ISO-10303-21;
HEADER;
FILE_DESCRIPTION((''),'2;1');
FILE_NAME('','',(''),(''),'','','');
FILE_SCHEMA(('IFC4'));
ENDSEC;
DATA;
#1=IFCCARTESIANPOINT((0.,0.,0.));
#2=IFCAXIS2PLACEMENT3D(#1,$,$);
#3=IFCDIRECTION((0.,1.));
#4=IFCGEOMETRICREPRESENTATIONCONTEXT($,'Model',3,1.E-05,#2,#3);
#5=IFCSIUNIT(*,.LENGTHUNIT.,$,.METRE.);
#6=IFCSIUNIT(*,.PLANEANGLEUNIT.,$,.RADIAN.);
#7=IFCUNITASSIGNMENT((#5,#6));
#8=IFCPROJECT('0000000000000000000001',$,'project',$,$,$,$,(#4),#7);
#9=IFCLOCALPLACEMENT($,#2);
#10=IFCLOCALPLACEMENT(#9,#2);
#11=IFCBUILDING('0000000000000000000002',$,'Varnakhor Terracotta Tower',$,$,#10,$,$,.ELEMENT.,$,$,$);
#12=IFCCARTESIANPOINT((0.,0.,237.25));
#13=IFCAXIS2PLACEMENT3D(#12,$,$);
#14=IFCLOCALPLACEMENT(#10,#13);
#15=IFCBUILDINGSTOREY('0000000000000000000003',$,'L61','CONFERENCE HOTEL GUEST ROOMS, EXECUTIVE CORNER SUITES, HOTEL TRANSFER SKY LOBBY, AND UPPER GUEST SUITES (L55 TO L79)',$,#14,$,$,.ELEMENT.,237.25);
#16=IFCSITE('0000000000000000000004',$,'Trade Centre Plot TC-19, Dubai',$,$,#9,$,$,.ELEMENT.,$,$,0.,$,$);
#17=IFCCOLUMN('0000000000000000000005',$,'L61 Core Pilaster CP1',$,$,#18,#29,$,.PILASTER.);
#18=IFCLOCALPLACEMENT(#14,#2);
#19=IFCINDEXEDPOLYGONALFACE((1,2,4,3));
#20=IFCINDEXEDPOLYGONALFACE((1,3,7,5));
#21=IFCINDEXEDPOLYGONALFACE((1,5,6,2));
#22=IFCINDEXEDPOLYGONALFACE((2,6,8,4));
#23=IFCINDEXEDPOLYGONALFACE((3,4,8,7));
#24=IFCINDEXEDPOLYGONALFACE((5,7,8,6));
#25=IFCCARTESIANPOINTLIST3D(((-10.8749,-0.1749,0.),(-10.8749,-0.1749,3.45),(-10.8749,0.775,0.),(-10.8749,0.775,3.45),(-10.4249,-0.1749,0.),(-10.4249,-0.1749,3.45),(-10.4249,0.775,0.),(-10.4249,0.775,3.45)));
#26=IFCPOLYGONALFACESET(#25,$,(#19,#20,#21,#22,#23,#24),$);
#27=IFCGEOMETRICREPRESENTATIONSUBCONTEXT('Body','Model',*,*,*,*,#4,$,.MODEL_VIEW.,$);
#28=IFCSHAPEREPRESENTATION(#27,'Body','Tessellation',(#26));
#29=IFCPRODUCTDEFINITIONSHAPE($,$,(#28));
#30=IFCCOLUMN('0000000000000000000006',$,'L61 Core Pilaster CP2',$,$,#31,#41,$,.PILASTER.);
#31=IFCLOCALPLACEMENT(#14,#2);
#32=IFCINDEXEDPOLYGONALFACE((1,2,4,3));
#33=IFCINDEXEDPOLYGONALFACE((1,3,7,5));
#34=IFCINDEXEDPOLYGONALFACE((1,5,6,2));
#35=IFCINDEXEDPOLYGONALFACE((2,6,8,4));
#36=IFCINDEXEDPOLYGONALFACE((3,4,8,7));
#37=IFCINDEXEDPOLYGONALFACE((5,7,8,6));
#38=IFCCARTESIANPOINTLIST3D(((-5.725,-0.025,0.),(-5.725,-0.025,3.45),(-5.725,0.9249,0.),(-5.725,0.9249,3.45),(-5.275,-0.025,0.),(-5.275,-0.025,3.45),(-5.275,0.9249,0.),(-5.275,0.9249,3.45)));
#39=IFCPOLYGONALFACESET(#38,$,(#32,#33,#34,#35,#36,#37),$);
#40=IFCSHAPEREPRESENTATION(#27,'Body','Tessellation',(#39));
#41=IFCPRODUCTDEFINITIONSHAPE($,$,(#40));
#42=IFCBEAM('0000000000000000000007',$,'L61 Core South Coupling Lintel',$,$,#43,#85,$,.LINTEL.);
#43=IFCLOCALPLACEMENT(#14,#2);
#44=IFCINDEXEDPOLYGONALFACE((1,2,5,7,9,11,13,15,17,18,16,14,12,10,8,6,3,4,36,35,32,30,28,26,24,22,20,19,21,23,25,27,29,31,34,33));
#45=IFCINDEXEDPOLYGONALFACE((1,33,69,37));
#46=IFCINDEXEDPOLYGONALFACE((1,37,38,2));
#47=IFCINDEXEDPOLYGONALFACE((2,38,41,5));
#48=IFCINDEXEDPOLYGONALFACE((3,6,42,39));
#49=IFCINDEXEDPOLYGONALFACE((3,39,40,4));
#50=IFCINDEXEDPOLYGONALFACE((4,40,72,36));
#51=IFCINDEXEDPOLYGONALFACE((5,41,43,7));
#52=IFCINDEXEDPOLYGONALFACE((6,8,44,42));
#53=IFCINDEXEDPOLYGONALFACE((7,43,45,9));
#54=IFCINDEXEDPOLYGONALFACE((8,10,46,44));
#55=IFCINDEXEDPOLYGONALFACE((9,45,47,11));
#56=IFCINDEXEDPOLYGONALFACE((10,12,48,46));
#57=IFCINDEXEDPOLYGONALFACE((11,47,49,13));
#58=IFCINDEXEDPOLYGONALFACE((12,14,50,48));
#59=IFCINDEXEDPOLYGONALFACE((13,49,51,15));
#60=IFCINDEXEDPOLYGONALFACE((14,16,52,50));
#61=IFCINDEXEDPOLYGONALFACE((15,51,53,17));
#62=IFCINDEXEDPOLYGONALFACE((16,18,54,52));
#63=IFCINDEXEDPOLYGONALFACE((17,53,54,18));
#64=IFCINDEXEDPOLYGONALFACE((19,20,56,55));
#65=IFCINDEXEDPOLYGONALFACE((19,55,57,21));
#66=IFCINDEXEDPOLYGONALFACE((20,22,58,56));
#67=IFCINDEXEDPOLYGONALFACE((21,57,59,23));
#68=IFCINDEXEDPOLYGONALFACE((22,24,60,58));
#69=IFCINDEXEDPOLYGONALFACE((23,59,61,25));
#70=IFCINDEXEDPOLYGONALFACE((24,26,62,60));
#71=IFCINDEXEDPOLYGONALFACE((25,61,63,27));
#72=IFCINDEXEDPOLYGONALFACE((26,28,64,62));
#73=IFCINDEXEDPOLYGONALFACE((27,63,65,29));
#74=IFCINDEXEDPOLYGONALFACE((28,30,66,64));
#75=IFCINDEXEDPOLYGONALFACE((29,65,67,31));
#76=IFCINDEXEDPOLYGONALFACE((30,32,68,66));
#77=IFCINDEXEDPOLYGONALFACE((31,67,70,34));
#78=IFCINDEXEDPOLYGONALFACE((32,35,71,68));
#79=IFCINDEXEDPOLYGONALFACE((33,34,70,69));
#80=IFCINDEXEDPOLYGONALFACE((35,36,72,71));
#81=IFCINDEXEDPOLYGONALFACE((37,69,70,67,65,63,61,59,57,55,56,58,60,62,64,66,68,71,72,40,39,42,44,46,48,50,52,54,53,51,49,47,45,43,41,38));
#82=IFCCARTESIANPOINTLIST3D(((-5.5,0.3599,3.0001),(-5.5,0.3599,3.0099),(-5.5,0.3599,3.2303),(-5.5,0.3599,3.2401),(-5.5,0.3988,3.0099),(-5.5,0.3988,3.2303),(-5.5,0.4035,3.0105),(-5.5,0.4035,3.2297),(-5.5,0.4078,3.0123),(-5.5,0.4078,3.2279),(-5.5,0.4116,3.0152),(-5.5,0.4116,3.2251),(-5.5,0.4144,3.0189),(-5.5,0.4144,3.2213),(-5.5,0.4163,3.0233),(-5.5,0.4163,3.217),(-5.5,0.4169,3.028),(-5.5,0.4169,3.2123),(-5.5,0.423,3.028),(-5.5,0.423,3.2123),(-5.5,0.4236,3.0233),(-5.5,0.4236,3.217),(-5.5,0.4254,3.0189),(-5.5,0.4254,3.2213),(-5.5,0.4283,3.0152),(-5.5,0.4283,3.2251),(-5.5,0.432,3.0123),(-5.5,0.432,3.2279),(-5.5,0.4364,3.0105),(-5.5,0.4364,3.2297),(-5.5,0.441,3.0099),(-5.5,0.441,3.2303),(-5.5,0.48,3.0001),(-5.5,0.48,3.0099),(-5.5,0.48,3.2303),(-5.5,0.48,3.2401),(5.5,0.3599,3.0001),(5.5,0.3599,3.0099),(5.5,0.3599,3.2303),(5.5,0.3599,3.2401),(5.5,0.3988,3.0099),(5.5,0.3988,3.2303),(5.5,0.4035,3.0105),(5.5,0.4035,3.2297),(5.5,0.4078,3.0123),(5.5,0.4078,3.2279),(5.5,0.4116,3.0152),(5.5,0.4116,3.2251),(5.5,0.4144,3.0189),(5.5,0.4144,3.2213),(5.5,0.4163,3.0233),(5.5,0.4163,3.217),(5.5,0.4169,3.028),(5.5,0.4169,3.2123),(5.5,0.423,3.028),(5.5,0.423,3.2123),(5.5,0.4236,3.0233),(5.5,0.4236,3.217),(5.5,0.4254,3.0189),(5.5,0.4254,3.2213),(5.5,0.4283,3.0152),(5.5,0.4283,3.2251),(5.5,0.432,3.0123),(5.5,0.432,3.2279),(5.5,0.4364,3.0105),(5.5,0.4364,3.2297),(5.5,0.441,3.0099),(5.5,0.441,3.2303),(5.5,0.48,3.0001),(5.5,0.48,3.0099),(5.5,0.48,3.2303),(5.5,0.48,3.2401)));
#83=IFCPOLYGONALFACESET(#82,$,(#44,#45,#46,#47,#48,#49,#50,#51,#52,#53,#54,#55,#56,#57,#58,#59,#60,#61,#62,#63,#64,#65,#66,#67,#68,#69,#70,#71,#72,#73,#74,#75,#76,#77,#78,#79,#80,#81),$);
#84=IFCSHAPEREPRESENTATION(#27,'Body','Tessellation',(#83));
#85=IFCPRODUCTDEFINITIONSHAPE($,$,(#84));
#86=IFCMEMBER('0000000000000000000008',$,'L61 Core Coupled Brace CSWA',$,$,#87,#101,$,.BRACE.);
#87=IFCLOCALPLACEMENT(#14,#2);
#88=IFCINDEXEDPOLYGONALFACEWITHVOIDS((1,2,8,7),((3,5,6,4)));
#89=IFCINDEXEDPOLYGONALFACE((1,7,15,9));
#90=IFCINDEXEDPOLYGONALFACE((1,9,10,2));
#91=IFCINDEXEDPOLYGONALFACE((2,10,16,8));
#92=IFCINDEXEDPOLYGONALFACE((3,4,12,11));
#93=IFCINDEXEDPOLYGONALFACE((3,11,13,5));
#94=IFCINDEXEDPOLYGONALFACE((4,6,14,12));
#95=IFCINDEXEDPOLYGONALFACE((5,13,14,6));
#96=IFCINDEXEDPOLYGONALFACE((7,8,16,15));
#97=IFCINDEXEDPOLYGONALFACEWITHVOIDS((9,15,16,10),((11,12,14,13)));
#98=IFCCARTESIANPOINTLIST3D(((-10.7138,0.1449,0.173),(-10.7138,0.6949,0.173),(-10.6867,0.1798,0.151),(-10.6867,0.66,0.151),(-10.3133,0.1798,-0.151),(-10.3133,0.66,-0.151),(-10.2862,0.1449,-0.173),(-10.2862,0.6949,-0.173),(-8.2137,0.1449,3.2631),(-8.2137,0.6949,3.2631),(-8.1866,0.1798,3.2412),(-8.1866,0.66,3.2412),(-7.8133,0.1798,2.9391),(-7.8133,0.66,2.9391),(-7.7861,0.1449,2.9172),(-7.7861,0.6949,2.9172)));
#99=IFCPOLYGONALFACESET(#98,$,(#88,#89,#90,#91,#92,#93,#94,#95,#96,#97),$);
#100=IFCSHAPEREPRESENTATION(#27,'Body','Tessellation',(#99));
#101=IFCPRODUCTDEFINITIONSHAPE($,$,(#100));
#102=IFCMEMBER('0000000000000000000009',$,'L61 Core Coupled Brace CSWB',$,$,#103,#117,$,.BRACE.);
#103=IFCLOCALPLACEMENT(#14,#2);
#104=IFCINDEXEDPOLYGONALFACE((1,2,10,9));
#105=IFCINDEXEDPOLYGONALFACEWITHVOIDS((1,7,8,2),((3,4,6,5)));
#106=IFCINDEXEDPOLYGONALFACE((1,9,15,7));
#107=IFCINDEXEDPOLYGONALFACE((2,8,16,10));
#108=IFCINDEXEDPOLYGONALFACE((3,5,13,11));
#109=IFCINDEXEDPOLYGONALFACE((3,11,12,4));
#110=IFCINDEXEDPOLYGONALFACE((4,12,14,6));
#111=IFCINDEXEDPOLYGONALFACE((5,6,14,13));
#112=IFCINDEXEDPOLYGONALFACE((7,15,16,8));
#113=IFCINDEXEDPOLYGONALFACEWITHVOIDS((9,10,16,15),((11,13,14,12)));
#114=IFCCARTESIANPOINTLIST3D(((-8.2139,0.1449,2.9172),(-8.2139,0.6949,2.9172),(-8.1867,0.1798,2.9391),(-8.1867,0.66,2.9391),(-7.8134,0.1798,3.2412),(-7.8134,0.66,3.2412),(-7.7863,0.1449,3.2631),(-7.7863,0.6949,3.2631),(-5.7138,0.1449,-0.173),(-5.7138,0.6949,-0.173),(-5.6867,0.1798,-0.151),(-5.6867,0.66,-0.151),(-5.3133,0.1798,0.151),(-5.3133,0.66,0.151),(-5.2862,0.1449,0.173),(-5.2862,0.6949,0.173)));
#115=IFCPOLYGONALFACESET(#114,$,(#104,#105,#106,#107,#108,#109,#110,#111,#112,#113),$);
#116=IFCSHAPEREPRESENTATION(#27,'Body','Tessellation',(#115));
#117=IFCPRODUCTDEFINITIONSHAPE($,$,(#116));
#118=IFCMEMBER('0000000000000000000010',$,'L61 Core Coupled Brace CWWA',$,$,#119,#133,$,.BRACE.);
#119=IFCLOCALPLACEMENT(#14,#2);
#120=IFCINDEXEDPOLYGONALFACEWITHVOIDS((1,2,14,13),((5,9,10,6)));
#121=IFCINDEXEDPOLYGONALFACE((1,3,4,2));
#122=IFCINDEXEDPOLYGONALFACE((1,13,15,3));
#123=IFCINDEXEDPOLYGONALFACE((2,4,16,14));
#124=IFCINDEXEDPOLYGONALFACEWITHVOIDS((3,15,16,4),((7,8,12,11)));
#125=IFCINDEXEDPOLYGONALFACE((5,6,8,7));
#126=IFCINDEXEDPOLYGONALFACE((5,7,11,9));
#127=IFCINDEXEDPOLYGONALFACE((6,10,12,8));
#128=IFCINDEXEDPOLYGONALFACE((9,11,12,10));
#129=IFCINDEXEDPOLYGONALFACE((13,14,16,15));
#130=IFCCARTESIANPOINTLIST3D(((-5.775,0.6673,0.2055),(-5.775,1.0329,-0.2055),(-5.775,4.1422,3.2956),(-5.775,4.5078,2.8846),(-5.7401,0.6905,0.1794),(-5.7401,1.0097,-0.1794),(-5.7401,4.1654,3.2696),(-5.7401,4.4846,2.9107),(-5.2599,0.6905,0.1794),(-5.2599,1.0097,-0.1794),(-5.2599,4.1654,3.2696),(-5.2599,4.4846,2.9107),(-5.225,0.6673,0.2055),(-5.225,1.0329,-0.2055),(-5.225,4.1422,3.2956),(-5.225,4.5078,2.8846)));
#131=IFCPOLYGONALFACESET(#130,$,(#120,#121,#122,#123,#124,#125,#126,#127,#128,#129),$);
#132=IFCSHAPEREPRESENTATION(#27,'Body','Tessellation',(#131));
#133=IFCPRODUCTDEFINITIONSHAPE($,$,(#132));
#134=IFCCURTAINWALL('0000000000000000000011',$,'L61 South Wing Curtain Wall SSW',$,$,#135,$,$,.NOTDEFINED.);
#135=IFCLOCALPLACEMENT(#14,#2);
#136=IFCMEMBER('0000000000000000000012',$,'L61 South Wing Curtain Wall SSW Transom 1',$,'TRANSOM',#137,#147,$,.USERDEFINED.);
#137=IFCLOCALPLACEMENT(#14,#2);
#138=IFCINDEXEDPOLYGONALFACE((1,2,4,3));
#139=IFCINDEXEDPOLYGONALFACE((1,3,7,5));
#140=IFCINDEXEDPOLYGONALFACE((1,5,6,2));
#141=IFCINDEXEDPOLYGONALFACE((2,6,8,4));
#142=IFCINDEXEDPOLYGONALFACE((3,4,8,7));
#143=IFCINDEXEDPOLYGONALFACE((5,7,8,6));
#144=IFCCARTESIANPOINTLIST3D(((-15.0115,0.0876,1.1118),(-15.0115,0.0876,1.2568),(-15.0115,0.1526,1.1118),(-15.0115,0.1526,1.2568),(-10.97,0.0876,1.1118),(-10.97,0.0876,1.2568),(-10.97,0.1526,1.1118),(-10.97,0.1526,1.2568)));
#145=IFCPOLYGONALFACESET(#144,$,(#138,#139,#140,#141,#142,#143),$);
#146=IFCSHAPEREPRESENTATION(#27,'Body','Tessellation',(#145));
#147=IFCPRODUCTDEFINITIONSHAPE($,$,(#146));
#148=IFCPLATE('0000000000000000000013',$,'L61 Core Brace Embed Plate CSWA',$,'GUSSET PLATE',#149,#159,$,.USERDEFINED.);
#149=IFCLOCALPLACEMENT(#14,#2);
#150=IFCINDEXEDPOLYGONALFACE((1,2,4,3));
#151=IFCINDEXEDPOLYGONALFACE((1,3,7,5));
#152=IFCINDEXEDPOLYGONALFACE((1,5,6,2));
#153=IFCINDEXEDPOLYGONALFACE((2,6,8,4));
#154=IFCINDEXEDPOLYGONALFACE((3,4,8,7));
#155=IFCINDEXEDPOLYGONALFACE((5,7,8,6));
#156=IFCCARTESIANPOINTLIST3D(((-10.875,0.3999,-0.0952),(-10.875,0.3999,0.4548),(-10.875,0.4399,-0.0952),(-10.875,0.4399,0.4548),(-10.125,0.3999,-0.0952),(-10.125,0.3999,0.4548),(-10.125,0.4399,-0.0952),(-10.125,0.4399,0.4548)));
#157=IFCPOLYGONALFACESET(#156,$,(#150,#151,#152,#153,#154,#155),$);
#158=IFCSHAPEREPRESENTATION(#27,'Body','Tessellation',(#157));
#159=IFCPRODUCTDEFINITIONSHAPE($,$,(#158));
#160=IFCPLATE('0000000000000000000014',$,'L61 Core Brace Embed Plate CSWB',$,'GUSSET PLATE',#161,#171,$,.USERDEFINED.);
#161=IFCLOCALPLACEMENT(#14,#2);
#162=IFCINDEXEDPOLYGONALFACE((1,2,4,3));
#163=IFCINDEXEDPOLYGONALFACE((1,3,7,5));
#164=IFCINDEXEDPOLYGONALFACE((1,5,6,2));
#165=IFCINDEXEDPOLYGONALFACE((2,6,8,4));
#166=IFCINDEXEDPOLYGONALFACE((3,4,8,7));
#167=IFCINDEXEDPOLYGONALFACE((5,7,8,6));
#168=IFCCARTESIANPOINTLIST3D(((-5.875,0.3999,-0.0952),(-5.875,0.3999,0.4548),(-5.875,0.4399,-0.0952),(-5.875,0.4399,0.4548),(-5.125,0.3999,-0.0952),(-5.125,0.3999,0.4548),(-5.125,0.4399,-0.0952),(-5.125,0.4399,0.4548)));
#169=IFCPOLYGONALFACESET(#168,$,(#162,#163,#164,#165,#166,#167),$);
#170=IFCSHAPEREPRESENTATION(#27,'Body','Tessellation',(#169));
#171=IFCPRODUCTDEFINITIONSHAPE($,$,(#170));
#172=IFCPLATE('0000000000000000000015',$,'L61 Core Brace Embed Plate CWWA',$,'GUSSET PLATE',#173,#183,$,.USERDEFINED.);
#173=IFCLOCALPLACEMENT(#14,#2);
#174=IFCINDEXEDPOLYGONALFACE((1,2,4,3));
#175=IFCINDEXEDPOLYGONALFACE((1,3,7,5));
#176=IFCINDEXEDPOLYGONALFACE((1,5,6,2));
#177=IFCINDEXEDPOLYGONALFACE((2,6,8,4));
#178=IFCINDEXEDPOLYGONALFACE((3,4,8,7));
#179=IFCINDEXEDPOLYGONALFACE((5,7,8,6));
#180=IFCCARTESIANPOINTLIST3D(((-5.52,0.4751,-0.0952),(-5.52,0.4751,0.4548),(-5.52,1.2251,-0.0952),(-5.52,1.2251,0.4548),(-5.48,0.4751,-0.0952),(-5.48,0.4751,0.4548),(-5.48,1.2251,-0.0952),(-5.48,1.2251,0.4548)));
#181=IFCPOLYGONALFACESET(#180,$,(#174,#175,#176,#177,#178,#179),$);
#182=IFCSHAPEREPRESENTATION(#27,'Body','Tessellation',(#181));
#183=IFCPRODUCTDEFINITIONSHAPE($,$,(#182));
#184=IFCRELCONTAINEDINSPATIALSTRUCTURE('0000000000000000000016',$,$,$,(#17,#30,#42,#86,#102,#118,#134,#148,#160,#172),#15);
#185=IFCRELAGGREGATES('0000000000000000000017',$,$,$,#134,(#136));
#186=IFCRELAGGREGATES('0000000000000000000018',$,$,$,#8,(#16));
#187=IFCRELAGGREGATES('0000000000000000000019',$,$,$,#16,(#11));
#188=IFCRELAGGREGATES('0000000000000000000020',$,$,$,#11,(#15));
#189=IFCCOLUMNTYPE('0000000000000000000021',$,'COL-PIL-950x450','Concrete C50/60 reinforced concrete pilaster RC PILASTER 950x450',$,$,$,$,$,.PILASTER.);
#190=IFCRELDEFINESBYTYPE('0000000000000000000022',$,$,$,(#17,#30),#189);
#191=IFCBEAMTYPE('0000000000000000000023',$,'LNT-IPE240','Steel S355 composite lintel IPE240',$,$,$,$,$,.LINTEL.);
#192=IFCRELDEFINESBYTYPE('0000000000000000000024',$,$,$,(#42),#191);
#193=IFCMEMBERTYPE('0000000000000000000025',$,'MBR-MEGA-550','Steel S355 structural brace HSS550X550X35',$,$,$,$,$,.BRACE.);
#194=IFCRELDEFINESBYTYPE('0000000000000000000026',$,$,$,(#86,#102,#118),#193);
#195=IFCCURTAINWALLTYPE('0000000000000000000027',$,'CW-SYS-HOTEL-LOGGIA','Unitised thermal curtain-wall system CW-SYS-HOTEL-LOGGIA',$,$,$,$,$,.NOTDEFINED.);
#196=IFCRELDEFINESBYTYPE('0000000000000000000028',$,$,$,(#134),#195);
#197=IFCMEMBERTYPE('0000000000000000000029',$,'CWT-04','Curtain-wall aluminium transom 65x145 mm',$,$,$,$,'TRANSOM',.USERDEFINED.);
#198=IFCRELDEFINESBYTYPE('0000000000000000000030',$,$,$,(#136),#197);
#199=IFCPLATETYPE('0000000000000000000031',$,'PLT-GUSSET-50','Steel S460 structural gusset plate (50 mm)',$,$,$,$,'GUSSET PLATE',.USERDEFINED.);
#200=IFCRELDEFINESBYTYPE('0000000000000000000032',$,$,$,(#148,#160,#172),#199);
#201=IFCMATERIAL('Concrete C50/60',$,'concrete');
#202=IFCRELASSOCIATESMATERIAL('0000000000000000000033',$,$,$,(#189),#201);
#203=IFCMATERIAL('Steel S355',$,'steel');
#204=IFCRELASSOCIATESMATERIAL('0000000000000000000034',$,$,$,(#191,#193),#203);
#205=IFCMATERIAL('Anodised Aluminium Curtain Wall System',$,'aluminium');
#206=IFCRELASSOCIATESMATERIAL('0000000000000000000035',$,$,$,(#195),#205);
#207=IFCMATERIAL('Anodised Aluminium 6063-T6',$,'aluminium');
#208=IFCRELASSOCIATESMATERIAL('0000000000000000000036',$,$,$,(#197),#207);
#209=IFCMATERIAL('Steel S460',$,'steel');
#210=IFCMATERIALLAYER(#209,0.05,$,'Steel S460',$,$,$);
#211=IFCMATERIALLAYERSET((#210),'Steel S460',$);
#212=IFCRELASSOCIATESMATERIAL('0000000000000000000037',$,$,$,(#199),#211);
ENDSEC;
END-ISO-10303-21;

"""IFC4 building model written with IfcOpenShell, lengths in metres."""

from ifc_helpers import new_model, si_unit, direction, frame, origin, origin_2d, place, context, subcontext, project, spatial, rectangle, hollow_rectangle, i_section, extrude, source, transform, mapped, material, layer, layer_set, material_profile, profile_set, type_object, type_shapes, element, aggregate, save


model = new_model("IFC4")

# Units and contexts
model_context = context("Model", 3, precision=1e-05, world=origin(), true_north=direction((0.0, 1.0)))
body_context = subcontext(model_context, "Body", "Model", "MODEL_VIEW")
ifc_project = project(units=[si_unit("LENGTHUNIT", "METRE"), si_unit("PLANEANGLEUNIT", "RADIAN")], contexts=[model_context])

# Site, building, storey
site_placement = place(None, origin())
site = spatial("IfcSite", under=ifc_project, at=site_placement, Name="Trade Centre Plot TC-19, Dubai", CompositionType="ELEMENT", RefElevation=0.0)
building_placement = place(site_placement, origin())
building = spatial("IfcBuilding", under=site, at=building_placement, Name="Varnakhor Terracotta Tower", CompositionType="ELEMENT")
storey_placement = place(building_placement, frame((0.0, 0.0, 237.25)))
storey = spatial("IfcBuildingStorey", under=building, at=storey_placement, Name="L61", Description="CONFERENCE HOTEL GUEST ROOMS, EXECUTIVE CORNER SUITES, HOTEL TRANSFER SKY LOBBY, AND UPPER GUEST SUITES (L55 TO L79)", CompositionType="ELEMENT", Elevation=237.25)

# Columns
ifc_material_1 = material(Name="Concrete C50/60", Category="concrete")
ifc_material_profile_1 = material_profile(ifc_material_1, rectangle(XDim=0.45, YDim=0.95, at=origin_2d()), Name="RC PILASTER 950x450")
ifc_profile_set_1 = profile_set([ifc_material_profile_1], Name="Concrete C50/60")
column_type = type_object("IfcColumnType", Name="COL-PIL-950x450", Description="Concrete C50/60 reinforced concrete pilaster RC PILASTER 950x450", PredefinedType="PILASTER", material=ifc_profile_set_1)
shared_shape_1 = source(origin(), body_context, "Body", "SweptSolid", [
    extrude(rectangle(XDim=0.45, YDim=0.95, at=origin_2d()), origin(), (0.0, 0.0, 1.0), 3.45),
])
for number, where, z_axis, x_axis, name in (
    (1, (-10.6499, 0.3, 0.0), (0.0, 0.0, 1.0), (1.0, 0.0, 0.0), "L61 Core Pilaster CP1"),
    (2, (-5.5, 0.45, 0.0), (0.0, 0.0, 1.0), (1.0, 0.0, 0.0), "L61 Core Pilaster CP2"),
):
    element("IfcColumn", number, at=place(storey_placement, frame(where, z_axis=z_axis, x_axis=x_axis)), inside=storey, type_object=column_type, Name=name, PredefinedType="PILASTER", context=body_context, shape_type="MappedRepresentation", body=[
        mapped(shared_shape_1, transform((0.0, 0.0, 0.0), scale=1.0)),
    ])

# Beam
ifc_material_2 = material(Name="Steel S355", Category="steel")
ifc_material_profile_2 = material_profile(ifc_material_2, i_section(OverallWidth=0.1201, OverallDepth=0.24, WebThickness=0.0061, FlangeThickness=0.0098, FilletRadius=0.0181, at=origin_2d()), Name="IPE240")
ifc_profile_set_2 = profile_set([ifc_material_profile_2], Name="Steel S355")
beam_type = type_object("IfcBeamType", Name="LNT-IPE240", Description="Steel S355 composite lintel IPE240", PredefinedType="LINTEL", material=ifc_profile_set_2)
shared_shape_2 = source(origin(), body_context, "Body", "SweptSolid", [
    extrude(i_section(OverallWidth=0.1201, OverallDepth=0.24, WebThickness=0.0061, FlangeThickness=0.0098, FilletRadius=0.0181, at=origin_2d()), origin(), (0.0, 0.0, 1.0), 11.0),
])
type_shapes(beam_type, [shared_shape_2])
beam_placement = place(storey_placement, frame((-5.5, 0.4199, 3.1201), z_axis=(1.0, 0.0, 0.0), x_axis=(0.0, 1.0, 0.0)))
element("IfcBeam", 3, at=beam_placement, inside=storey, type_object=beam_type, Name="L61 Core South Coupling Lintel", PredefinedType="LINTEL", context=body_context, shape_type="MappedRepresentation", body=[
    mapped(shared_shape_2, transform((0.0, 0.0, 0.0), scale=1.0)),
])

# Members
ifc_material_profile_3 = material_profile(ifc_material_2, hollow_rectangle(XDim=0.55, YDim=0.55, WallThickness=0.0349, at=origin_2d()), Name="HSS550X550X35")
ifc_profile_set_3 = profile_set([ifc_material_profile_3], Name="Steel S355")
member_type_1 = type_object("IfcMemberType", Name="MBR-MEGA-550", Description="Steel S355 structural brace HSS550X550X35", PredefinedType="BRACE", material=ifc_profile_set_3)
shared_shape_3 = source(origin(), body_context, "Body", "SweptSolid", [
    extrude(hollow_rectangle(XDim=0.55, YDim=0.55, WallThickness=0.0349, at=origin_2d()), origin(), (0.0, 0.0, 1.0), 3.9749),
])
for number, where, z_axis, x_axis, name in (
    (4, (-10.5, 0.4199, 0.0), (0.62897, 0.0, 0.777429), (0.0, 1.0, 0.0), "L61 Core Coupled Brace CSWA"),
    (5, (-5.5, 0.4199, 0.0), (-0.62897, 0.0, 0.777429), (0.0, -1.0, 0.0), "L61 Core Coupled Brace CSWB"),
):
    element("IfcMember", number, at=place(storey_placement, frame(where, z_axis=z_axis, x_axis=x_axis)), inside=storey, type_object=member_type_1, Name=name, PredefinedType="BRACE", context=body_context, shape_type="MappedRepresentation", body=[
        mapped(shared_shape_3, transform((0.0, 0.0, 0.0), scale=1.0)),
    ])
shared_shape_4 = source(origin(), body_context, "Body", "SweptSolid", [
    extrude(hollow_rectangle(XDim=0.55, YDim=0.55, WallThickness=0.0349, at=origin_2d()), origin(), (0.0, 0.0, 1.0), 4.6501),
])
member_1_placement = place(storey_placement, frame((-5.5, 0.8501, 0.0), z_axis=(0.0, 0.747267, 0.664524), x_axis=(-1.0, 0.0, 0.0)))
element("IfcMember", 6, at=member_1_placement, inside=storey, type_object=member_type_1, Name="L61 Core Coupled Brace CWWA", PredefinedType="BRACE", context=body_context, shape_type="MappedRepresentation", body=[
    mapped(shared_shape_4, transform((0.0, 0.0, 0.0), scale=1.0)),
])

# Curtain wall, member
ifc_material_3 = material(Name="Anodised Aluminium Curtain Wall System", Category="aluminium")
curtain_wall_type = type_object("IfcCurtainWallType", Name="CW-SYS-HOTEL-LOGGIA", Description="Unitised thermal curtain-wall system CW-SYS-HOTEL-LOGGIA", PredefinedType="NOTDEFINED", material=ifc_material_3)
curtain_wall_placement = place(storey_placement, origin())
curtain_wall = element("IfcCurtainWall", 7, at=curtain_wall_placement, inside=storey, type_object=curtain_wall_type, Name="L61 South Wing Curtain Wall SSW", PredefinedType="NOTDEFINED")
ifc_material_4 = material(Name="Anodised Aluminium 6063-T6", Category="aluminium")
ifc_material_profile_4 = material_profile(ifc_material_4, rectangle(XDim=0.0649, YDim=0.145, at=origin_2d()), Name="ALU TRANSOM 65x145")
ifc_profile_set_4 = profile_set([ifc_material_profile_4], Name="Anodised Aluminium 6063-T6")
member_type_2 = type_object("IfcMemberType", Name="CWT-04", Description="Curtain-wall aluminium transom 65x145 mm", ElementType="TRANSOM", PredefinedType="USERDEFINED", material=ifc_profile_set_4)
shared_shape_5 = source(origin(), body_context, "Body", "SweptSolid", [
    extrude(rectangle(XDim=0.0649, YDim=0.145, at=origin_2d()), origin(), (0.0, 0.0, 1.0), 4.0415),
])
member_2_placement = place(storey_placement, frame((-10.97, 0.1201, 1.1843), z_axis=(-1.0, 0.0, 0.0), x_axis=(0.0, -1.0, 0.0)))
member_2 = element("IfcMember", 8, at=member_2_placement, type_object=member_type_2, Name="L61 South Wing Curtain Wall SSW Transom 1", ObjectType="TRANSOM", PredefinedType="USERDEFINED", context=body_context, shape_type="MappedRepresentation", body=[
    mapped(shared_shape_5, transform((0.0, 0.0, 0.0), scale=1.0)),
])
aggregate(curtain_wall, [member_2])

# Plates
ifc_material_5 = material(Name="Steel S460", Category="steel")
ifc_layer_1 = layer(ifc_material_5, 0.05, Name="Steel S460")
ifc_layer_set_1 = layer_set([ifc_layer_1], Name="Steel S460")
plate_type = type_object("IfcPlateType", Name="PLT-GUSSET-50", Description="Steel S460 structural gusset plate (50 mm)", ElementType="GUSSET PLATE", PredefinedType="USERDEFINED", material=ifc_layer_set_1)
shared_shape_6 = source(origin(), body_context, "Body", "SweptSolid", [
    extrude(rectangle(XDim=0.75, YDim=0.04, at=origin_2d()), origin(), (0.0, 0.0, 1.0), 0.55),
])
type_shapes(plate_type, [shared_shape_6])
for number, where, z_axis, x_axis, name in (
    (9, (-10.5, 0.4199, -0.0952), (0.0, 0.0, 1.0), (1.0, 0.0, 0.0), "L61 Core Brace Embed Plate CSWA"),
    (10, (-5.5, 0.4199, -0.0952), (0.0, 0.0, 1.0), (1.0, 0.0, 0.0), "L61 Core Brace Embed Plate CSWB"),
    (11, (-5.5, 0.8501, -0.0952), (0.0, 0.0, 1.0), (0.0, 1.0, 0.0), "L61 Core Brace Embed Plate CWWA"),
):
    element("IfcPlate", number, at=place(storey_placement, frame(where, z_axis=z_axis, x_axis=x_axis)), inside=storey, type_object=plate_type, Name=name, ObjectType="GUSSET PLATE", PredefinedType="USERDEFINED", context=body_context, shape_type="MappedRepresentation", body=[
        mapped(shared_shape_6, transform((0.0, 0.0, 0.0), scale=1.0)),
    ])

save(model, "model.ifc")
